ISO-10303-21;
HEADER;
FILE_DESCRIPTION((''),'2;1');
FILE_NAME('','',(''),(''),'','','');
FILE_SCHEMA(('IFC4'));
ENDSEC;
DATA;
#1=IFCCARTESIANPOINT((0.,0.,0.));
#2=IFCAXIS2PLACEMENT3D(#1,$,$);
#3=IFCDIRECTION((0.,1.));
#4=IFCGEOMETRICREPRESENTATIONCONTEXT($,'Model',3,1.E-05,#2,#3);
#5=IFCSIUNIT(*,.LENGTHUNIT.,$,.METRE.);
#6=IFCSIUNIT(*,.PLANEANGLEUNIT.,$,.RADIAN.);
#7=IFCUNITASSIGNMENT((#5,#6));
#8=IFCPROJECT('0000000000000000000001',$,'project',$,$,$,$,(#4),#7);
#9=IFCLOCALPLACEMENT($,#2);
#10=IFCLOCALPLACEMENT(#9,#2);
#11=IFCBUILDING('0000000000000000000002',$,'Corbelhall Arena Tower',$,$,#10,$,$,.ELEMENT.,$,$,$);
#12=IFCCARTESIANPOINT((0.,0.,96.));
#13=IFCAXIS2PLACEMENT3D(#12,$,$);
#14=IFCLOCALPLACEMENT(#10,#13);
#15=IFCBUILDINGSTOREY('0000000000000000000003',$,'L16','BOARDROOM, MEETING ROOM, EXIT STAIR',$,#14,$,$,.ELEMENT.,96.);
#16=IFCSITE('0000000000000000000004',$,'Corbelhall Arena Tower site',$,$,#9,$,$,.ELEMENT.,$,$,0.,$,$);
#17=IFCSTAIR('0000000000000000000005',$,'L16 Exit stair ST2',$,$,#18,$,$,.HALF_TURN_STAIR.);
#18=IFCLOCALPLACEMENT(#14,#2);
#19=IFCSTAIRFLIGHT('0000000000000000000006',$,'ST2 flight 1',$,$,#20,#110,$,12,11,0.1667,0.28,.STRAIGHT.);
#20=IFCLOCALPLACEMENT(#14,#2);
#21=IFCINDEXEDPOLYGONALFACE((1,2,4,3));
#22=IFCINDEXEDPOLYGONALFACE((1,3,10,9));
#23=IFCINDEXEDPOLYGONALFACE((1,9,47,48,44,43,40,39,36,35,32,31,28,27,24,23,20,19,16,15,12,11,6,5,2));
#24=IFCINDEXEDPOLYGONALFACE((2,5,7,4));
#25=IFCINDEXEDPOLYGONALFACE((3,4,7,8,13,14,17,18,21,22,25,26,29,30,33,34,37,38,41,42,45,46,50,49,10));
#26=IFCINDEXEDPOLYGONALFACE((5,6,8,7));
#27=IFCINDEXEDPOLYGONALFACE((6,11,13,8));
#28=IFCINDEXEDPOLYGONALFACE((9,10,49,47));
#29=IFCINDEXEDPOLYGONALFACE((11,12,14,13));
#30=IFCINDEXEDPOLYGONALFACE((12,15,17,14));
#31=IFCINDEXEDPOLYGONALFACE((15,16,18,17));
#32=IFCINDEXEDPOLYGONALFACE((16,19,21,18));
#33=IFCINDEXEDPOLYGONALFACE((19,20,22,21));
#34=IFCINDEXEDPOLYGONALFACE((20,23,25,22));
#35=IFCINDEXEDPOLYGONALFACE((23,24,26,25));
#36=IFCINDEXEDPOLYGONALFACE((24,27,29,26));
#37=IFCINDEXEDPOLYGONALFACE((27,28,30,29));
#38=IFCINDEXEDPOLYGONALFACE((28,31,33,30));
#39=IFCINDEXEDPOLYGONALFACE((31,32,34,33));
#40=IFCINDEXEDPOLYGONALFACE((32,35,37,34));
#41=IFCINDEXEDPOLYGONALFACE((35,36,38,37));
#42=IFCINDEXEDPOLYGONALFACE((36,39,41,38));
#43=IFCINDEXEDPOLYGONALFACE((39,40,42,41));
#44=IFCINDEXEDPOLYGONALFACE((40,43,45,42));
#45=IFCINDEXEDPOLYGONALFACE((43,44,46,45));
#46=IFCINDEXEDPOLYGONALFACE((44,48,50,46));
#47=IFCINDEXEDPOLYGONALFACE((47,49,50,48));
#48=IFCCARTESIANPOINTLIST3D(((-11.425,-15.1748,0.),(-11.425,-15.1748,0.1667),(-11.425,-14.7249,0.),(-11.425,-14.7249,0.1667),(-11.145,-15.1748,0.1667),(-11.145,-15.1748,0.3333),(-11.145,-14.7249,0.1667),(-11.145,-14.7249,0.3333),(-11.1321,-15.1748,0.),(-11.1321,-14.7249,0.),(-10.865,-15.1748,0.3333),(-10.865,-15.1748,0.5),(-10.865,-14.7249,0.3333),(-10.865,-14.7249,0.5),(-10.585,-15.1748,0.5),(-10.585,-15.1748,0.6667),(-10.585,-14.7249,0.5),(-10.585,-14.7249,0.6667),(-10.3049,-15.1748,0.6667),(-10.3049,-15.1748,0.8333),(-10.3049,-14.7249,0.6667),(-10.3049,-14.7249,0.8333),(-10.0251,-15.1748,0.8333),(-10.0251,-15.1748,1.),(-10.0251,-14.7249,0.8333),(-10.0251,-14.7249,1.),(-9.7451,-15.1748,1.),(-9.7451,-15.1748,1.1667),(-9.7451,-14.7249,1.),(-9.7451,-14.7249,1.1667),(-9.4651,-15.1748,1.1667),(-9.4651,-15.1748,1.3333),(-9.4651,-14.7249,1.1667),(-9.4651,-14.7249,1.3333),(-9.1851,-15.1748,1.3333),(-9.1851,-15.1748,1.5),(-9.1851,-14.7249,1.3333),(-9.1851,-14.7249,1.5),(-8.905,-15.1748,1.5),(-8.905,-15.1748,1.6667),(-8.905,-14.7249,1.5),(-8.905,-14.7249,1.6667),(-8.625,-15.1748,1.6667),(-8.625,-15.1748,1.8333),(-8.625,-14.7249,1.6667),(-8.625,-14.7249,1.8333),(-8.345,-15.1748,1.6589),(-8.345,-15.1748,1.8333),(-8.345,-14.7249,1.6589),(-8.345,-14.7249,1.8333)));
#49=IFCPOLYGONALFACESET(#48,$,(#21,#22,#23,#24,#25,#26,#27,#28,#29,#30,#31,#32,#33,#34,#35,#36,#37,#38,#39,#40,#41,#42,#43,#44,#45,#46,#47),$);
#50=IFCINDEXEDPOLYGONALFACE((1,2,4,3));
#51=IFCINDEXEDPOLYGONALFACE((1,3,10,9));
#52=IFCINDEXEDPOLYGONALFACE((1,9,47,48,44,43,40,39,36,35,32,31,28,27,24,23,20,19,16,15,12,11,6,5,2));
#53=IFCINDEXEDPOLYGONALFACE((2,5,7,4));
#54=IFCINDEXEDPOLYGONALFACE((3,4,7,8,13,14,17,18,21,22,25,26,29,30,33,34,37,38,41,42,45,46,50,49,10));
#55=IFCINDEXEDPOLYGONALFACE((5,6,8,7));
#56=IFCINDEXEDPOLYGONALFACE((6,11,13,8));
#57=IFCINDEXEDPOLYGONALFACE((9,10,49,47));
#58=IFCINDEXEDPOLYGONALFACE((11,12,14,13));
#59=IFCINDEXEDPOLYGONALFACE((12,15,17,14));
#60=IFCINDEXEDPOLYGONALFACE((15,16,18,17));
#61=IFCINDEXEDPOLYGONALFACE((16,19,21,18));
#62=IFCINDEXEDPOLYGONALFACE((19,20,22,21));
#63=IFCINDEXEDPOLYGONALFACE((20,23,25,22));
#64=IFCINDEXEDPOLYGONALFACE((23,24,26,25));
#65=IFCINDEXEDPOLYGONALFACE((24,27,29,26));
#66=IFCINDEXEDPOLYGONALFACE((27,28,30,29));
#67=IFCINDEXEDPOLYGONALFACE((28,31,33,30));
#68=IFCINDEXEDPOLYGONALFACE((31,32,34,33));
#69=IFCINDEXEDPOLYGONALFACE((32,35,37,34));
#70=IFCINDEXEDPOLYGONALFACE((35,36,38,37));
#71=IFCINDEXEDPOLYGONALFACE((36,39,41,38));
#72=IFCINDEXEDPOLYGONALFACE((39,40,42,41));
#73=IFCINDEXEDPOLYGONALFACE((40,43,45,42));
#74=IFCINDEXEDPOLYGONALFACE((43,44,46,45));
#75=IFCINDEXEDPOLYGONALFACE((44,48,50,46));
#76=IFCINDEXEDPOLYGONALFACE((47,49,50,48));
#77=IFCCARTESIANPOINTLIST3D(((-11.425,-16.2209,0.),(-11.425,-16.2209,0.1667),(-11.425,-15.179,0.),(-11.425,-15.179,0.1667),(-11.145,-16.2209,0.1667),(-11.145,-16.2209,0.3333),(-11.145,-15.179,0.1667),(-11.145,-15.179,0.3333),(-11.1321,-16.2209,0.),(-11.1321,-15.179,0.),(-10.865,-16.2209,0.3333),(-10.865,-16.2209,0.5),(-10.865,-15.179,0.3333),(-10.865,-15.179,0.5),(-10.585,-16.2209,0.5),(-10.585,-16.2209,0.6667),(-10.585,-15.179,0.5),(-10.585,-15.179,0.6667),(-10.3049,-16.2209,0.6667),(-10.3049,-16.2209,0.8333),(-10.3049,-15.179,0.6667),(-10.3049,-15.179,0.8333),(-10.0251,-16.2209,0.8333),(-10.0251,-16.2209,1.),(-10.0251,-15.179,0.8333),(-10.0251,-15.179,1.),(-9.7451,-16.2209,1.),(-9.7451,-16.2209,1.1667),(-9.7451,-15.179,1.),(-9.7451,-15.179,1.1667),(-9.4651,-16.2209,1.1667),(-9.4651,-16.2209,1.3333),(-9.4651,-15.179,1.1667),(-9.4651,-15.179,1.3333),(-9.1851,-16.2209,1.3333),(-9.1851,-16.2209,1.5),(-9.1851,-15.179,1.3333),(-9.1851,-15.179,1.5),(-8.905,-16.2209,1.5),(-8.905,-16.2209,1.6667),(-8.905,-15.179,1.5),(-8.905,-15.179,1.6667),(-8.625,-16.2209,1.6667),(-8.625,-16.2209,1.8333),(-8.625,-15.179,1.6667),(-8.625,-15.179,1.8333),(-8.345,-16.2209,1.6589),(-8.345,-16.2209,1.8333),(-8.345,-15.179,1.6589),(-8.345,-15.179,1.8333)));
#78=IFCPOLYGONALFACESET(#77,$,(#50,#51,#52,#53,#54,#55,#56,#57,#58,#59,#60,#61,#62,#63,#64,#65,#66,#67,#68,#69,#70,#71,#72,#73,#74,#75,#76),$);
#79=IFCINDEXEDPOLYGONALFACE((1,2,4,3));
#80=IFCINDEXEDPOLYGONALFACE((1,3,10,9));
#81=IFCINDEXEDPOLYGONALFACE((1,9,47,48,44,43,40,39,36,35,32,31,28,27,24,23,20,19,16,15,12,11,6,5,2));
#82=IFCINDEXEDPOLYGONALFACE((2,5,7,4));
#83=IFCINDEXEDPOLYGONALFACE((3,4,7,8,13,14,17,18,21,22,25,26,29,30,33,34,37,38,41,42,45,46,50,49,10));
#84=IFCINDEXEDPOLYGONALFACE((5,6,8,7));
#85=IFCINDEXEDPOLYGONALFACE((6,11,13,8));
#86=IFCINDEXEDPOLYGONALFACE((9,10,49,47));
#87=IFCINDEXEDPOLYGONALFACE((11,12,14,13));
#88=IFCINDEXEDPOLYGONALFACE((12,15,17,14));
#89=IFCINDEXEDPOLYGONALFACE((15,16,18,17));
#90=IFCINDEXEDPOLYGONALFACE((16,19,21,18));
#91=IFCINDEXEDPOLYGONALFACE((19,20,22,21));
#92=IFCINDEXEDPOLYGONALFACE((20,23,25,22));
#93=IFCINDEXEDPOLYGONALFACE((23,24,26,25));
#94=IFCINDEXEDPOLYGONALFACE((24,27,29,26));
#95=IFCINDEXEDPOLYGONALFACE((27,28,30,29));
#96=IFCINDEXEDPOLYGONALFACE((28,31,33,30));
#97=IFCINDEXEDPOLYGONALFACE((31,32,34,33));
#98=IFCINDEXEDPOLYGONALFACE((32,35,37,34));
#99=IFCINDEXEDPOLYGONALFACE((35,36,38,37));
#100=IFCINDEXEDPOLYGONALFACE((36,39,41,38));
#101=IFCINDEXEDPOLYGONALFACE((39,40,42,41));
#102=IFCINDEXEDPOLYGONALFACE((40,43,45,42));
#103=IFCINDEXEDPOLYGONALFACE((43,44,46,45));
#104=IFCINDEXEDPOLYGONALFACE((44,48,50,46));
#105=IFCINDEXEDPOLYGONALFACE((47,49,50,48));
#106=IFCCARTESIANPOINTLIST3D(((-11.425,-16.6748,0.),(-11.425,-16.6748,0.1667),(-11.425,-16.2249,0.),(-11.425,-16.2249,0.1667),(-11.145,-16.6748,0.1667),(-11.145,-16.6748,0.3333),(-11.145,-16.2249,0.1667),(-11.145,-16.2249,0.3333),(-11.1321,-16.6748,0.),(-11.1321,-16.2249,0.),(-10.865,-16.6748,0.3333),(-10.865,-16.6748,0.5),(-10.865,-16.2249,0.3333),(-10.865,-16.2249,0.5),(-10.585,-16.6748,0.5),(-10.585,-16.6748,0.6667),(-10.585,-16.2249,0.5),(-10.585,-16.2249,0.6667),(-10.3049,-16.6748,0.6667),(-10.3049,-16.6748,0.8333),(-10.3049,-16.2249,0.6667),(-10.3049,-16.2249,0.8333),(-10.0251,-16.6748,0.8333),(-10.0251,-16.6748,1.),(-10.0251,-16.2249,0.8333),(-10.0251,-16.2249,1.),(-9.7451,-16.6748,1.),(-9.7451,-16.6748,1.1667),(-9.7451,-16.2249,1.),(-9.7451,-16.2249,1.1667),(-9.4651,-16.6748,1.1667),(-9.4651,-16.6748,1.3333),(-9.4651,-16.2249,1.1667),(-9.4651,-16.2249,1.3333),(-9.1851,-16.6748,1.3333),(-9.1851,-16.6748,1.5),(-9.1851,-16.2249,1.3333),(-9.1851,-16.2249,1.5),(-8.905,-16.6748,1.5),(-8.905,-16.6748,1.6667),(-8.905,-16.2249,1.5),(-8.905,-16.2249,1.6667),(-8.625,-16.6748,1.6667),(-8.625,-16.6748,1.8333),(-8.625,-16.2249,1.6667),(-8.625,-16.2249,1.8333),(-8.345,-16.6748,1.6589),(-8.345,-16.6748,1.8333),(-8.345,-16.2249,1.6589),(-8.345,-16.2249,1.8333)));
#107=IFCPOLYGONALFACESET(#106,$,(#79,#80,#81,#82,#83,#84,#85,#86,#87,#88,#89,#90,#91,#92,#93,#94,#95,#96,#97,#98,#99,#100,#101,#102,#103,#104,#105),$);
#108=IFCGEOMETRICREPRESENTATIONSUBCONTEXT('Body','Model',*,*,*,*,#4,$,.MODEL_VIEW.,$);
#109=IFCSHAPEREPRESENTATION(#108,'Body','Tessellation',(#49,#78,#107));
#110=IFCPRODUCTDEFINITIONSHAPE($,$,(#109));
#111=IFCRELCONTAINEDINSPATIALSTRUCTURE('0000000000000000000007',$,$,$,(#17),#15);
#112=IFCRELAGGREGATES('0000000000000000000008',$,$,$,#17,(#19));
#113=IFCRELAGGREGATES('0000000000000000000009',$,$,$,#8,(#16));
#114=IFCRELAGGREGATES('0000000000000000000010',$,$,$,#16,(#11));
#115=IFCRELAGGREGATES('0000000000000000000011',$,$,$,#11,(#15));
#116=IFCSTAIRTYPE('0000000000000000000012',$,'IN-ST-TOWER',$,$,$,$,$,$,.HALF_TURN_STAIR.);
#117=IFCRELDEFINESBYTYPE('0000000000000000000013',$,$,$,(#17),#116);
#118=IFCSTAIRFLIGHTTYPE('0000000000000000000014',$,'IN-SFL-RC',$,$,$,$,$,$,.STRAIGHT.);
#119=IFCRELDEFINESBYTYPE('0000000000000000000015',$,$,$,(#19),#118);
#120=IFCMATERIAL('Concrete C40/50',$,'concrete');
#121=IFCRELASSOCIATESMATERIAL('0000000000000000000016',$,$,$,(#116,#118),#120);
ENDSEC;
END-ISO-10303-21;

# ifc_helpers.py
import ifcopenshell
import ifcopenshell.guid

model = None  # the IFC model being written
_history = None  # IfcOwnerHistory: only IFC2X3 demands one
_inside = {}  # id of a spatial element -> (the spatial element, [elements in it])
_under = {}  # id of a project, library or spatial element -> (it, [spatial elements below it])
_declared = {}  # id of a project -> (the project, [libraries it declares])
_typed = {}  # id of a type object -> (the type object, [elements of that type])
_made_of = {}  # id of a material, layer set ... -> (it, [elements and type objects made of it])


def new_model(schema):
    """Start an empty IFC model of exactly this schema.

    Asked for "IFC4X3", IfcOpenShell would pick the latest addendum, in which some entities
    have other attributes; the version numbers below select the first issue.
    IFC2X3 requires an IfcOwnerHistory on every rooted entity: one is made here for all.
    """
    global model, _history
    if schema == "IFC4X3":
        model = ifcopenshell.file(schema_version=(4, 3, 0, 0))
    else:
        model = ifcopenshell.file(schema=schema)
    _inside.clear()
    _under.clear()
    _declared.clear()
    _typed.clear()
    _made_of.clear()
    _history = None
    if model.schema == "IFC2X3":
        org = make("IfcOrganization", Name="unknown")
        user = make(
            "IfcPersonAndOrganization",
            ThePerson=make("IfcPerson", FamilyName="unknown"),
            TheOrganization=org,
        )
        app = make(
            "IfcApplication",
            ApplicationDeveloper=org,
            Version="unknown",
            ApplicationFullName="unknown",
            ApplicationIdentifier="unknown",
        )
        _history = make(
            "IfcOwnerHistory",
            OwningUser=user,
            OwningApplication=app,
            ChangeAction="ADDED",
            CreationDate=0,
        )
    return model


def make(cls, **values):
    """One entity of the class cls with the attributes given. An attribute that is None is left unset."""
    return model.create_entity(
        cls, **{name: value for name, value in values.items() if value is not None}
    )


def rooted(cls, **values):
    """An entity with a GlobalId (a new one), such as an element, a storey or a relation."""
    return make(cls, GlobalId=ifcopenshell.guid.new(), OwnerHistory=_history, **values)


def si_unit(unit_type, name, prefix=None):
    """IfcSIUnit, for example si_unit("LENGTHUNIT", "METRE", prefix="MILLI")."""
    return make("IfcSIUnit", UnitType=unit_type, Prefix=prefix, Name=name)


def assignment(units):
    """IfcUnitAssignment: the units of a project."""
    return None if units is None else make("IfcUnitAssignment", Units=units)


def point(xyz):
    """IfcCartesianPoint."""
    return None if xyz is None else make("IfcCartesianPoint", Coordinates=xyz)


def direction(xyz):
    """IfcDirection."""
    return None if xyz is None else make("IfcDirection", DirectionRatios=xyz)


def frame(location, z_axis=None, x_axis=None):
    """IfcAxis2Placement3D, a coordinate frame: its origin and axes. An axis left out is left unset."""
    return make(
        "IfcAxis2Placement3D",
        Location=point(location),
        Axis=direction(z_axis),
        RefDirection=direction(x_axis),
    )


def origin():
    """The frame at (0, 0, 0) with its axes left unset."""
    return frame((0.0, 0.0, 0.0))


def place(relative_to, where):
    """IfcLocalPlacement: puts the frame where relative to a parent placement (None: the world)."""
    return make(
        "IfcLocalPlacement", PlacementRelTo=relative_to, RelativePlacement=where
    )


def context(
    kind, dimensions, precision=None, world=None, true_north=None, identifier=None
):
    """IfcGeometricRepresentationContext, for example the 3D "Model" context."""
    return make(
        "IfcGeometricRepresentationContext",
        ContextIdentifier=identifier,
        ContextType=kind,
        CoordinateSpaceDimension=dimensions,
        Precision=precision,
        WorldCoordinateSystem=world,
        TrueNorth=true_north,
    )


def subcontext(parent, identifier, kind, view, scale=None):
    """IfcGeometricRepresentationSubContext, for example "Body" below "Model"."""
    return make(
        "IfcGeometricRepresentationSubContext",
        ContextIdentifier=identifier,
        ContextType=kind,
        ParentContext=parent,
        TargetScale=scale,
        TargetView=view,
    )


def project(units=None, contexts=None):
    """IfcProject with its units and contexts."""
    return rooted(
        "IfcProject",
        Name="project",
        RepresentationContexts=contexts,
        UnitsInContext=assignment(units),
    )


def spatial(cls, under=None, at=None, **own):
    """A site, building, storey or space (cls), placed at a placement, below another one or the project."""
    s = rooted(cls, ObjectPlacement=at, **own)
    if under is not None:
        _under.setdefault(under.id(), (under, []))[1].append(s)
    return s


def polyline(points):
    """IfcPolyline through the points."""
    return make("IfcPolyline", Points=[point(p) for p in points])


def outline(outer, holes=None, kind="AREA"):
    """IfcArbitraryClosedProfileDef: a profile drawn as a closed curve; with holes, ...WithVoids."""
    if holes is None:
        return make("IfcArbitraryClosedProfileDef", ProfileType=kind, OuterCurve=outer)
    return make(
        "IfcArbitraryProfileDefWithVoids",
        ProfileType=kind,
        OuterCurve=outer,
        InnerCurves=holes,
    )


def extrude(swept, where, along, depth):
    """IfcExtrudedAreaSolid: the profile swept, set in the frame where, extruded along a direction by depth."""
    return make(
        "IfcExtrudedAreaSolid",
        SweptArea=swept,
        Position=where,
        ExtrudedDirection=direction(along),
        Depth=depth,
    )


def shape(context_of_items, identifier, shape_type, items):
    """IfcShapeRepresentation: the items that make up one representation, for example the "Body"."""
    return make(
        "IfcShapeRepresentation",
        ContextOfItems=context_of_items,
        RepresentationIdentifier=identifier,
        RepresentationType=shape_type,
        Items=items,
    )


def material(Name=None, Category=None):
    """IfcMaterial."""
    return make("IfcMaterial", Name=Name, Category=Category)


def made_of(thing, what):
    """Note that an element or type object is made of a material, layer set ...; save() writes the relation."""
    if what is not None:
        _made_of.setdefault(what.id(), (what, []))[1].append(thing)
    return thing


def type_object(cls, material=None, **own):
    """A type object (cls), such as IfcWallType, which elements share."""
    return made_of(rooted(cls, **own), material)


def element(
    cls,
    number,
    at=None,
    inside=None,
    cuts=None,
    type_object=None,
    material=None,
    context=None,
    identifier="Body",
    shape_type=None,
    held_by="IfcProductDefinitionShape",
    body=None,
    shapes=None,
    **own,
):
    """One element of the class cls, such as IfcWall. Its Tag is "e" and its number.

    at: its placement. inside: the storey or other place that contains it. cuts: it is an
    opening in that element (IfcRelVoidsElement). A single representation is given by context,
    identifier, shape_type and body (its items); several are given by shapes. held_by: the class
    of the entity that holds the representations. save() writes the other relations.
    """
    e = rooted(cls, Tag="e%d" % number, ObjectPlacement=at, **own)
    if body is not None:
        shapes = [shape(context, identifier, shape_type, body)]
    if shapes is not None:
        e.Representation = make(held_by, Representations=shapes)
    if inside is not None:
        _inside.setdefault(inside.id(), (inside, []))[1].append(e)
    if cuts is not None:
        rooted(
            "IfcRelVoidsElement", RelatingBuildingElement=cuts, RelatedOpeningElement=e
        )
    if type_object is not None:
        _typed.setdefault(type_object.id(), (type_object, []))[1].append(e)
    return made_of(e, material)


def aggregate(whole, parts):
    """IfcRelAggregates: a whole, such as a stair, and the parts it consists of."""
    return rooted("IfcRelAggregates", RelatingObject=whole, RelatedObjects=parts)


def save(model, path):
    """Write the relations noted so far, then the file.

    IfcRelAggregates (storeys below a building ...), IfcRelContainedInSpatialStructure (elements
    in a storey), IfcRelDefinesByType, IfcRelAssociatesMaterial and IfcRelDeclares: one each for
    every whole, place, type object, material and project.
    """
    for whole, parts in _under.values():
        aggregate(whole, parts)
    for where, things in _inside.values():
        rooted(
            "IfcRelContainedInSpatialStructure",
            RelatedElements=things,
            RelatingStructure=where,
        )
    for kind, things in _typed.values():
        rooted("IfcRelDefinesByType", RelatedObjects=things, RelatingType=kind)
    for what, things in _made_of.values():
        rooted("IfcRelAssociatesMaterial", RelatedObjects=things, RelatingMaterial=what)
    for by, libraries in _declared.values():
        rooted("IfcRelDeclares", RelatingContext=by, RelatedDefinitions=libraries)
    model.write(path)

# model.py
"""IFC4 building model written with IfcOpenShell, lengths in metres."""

from ifc_helpers import new_model, si_unit, direction, frame, origin, place, context, subcontext, project, spatial, polyline, outline, extrude, material, type_object, element, aggregate, save


model = new_model("IFC4")

# Units and contexts
model_context = context("Model", 3, precision=1e-05, world=origin(), true_north=direction((0.0, 1.0)))
body_context = subcontext(model_context, "Body", "Model", "MODEL_VIEW")
ifc_project = project(units=[si_unit("LENGTHUNIT", "METRE"), si_unit("PLANEANGLEUNIT", "RADIAN")], contexts=[model_context])

# Site, building, storey
site_placement = place(None, origin())
site = spatial("IfcSite", under=ifc_project, at=site_placement, Name="Corbelhall Arena Tower site", CompositionType="ELEMENT", RefElevation=0.0)
building_placement = place(site_placement, origin())
building = spatial("IfcBuilding", under=site, at=building_placement, Name="Corbelhall Arena Tower", CompositionType="ELEMENT")
storey_placement = place(building_placement, frame((0.0, 0.0, 96.0)))
storey = spatial("IfcBuildingStorey", under=building, at=storey_placement, Name="L16", Description="BOARDROOM, MEETING ROOM, EXIT STAIR", CompositionType="ELEMENT", Elevation=96.0)

# Shared definitions
ifc_material_1 = material(Name="Concrete C40/50", Category="concrete")

# Stair, stair flight
stair_type = type_object("IfcStairType", Name="IN-ST-TOWER", PredefinedType="HALF_TURN_STAIR", material=ifc_material_1)
stair_placement = place(storey_placement, origin())
stair = element("IfcStair", 1, at=stair_placement, inside=storey, type_object=stair_type, Name="L16 Exit stair ST2", PredefinedType="HALF_TURN_STAIR")
stair_flight_type = type_object("IfcStairFlightType", Name="IN-SFL-RC", PredefinedType="STRAIGHT", material=ifc_material_1)
stair_flight_1_placement = place(storey_placement, frame((-11.425, -15.7, 0.0), z_axis=(0.0, 0.0, 1.0), x_axis=(1.0, 0.0, 0.0)))
stair_flight_1 = element("IfcStairFlight", 2, at=stair_flight_1_placement, type_object=stair_flight_type, Name="ST2 flight 1", NumberOfRisers=12, NumberOfTreads=11, PredefinedType="STRAIGHT", RiserHeight=0.1667, TreadLength=0.28, context=body_context, shape_type="SweptSolid", body=[
    extrude(outline(polyline([(0.0, 0.0), (0.0, 0.1667), (0.28, 0.1667), (0.28, 0.3333), (0.5601, 0.3333), (0.5601, 0.5), (0.8401, 0.5), (0.8401, 0.6667), (1.1201, 0.6667), (1.1201, 0.8333), (1.3999, 0.8333), (1.3999, 1.0), (1.6799, 1.0), (1.6799, 1.1667), (1.96, 1.1667), (1.96, 1.3333), (2.24, 1.3333), (2.24, 1.5), (2.52, 1.5), (2.52, 1.6667), (2.8, 1.6667), (2.8, 1.8333), (3.0801, 1.8333), (3.0801, 2.0), (3.0801, 1.6589), (0.293, 0.0), (0.0, 0.0)])), frame((0.0, 0.9751, 0.0), z_axis=(0.0, -1.0, 0.0), x_axis=(1.0, 0.0, 0.0)), (0.0, 0.0, 1.0), 0.45),
    extrude(outline(polyline([(0.0, 0.0), (0.0, 0.1667), (0.28, 0.1667), (0.28, 0.3333), (0.5601, 0.3333), (0.5601, 0.5), (0.8401, 0.5), (0.8401, 0.6667), (1.1201, 0.6667), (1.1201, 0.8333), (1.3999, 0.8333), (1.3999, 1.0), (1.6799, 1.0), (1.6799, 1.1667), (1.96, 1.1667), (1.96, 1.3333), (2.24, 1.3333), (2.24, 1.5), (2.52, 1.5), (2.52, 1.6667), (2.8, 1.6667), (2.8, 1.8333), (3.0801, 1.8333), (3.0801, 2.0), (3.0801, 1.6589), (0.293, 0.0), (0.0, 0.0)])), frame((0.0, 0.521, 0.0), z_axis=(0.0, -1.0, 0.0), x_axis=(1.0, 0.0, 0.0)), (0.0, 0.0, 1.0), 1.042),
    extrude(outline(polyline([(0.0, 0.0), (0.0, 0.1667), (0.28, 0.1667), (0.28, 0.3333), (0.5601, 0.3333), (0.5601, 0.5), (0.8401, 0.5), (0.8401, 0.6667), (1.1201, 0.6667), (1.1201, 0.8333), (1.3999, 0.8333), (1.3999, 1.0), (1.6799, 1.0), (1.6799, 1.1667), (1.96, 1.1667), (1.96, 1.3333), (2.24, 1.3333), (2.24, 1.5), (2.52, 1.5), (2.52, 1.6667), (2.8, 1.6667), (2.8, 1.8333), (3.0801, 1.8333), (3.0801, 2.0), (3.0801, 1.6589), (0.293, 0.0), (0.0, 0.0)])), frame((0.0, -0.5249, 0.0), z_axis=(0.0, -1.0, 0.0), x_axis=(1.0, 0.0, 0.0)), (0.0, 0.0, 1.0), 0.45),
])
aggregate(stair, [stair_flight_1])

save(model, "model.ifc")
